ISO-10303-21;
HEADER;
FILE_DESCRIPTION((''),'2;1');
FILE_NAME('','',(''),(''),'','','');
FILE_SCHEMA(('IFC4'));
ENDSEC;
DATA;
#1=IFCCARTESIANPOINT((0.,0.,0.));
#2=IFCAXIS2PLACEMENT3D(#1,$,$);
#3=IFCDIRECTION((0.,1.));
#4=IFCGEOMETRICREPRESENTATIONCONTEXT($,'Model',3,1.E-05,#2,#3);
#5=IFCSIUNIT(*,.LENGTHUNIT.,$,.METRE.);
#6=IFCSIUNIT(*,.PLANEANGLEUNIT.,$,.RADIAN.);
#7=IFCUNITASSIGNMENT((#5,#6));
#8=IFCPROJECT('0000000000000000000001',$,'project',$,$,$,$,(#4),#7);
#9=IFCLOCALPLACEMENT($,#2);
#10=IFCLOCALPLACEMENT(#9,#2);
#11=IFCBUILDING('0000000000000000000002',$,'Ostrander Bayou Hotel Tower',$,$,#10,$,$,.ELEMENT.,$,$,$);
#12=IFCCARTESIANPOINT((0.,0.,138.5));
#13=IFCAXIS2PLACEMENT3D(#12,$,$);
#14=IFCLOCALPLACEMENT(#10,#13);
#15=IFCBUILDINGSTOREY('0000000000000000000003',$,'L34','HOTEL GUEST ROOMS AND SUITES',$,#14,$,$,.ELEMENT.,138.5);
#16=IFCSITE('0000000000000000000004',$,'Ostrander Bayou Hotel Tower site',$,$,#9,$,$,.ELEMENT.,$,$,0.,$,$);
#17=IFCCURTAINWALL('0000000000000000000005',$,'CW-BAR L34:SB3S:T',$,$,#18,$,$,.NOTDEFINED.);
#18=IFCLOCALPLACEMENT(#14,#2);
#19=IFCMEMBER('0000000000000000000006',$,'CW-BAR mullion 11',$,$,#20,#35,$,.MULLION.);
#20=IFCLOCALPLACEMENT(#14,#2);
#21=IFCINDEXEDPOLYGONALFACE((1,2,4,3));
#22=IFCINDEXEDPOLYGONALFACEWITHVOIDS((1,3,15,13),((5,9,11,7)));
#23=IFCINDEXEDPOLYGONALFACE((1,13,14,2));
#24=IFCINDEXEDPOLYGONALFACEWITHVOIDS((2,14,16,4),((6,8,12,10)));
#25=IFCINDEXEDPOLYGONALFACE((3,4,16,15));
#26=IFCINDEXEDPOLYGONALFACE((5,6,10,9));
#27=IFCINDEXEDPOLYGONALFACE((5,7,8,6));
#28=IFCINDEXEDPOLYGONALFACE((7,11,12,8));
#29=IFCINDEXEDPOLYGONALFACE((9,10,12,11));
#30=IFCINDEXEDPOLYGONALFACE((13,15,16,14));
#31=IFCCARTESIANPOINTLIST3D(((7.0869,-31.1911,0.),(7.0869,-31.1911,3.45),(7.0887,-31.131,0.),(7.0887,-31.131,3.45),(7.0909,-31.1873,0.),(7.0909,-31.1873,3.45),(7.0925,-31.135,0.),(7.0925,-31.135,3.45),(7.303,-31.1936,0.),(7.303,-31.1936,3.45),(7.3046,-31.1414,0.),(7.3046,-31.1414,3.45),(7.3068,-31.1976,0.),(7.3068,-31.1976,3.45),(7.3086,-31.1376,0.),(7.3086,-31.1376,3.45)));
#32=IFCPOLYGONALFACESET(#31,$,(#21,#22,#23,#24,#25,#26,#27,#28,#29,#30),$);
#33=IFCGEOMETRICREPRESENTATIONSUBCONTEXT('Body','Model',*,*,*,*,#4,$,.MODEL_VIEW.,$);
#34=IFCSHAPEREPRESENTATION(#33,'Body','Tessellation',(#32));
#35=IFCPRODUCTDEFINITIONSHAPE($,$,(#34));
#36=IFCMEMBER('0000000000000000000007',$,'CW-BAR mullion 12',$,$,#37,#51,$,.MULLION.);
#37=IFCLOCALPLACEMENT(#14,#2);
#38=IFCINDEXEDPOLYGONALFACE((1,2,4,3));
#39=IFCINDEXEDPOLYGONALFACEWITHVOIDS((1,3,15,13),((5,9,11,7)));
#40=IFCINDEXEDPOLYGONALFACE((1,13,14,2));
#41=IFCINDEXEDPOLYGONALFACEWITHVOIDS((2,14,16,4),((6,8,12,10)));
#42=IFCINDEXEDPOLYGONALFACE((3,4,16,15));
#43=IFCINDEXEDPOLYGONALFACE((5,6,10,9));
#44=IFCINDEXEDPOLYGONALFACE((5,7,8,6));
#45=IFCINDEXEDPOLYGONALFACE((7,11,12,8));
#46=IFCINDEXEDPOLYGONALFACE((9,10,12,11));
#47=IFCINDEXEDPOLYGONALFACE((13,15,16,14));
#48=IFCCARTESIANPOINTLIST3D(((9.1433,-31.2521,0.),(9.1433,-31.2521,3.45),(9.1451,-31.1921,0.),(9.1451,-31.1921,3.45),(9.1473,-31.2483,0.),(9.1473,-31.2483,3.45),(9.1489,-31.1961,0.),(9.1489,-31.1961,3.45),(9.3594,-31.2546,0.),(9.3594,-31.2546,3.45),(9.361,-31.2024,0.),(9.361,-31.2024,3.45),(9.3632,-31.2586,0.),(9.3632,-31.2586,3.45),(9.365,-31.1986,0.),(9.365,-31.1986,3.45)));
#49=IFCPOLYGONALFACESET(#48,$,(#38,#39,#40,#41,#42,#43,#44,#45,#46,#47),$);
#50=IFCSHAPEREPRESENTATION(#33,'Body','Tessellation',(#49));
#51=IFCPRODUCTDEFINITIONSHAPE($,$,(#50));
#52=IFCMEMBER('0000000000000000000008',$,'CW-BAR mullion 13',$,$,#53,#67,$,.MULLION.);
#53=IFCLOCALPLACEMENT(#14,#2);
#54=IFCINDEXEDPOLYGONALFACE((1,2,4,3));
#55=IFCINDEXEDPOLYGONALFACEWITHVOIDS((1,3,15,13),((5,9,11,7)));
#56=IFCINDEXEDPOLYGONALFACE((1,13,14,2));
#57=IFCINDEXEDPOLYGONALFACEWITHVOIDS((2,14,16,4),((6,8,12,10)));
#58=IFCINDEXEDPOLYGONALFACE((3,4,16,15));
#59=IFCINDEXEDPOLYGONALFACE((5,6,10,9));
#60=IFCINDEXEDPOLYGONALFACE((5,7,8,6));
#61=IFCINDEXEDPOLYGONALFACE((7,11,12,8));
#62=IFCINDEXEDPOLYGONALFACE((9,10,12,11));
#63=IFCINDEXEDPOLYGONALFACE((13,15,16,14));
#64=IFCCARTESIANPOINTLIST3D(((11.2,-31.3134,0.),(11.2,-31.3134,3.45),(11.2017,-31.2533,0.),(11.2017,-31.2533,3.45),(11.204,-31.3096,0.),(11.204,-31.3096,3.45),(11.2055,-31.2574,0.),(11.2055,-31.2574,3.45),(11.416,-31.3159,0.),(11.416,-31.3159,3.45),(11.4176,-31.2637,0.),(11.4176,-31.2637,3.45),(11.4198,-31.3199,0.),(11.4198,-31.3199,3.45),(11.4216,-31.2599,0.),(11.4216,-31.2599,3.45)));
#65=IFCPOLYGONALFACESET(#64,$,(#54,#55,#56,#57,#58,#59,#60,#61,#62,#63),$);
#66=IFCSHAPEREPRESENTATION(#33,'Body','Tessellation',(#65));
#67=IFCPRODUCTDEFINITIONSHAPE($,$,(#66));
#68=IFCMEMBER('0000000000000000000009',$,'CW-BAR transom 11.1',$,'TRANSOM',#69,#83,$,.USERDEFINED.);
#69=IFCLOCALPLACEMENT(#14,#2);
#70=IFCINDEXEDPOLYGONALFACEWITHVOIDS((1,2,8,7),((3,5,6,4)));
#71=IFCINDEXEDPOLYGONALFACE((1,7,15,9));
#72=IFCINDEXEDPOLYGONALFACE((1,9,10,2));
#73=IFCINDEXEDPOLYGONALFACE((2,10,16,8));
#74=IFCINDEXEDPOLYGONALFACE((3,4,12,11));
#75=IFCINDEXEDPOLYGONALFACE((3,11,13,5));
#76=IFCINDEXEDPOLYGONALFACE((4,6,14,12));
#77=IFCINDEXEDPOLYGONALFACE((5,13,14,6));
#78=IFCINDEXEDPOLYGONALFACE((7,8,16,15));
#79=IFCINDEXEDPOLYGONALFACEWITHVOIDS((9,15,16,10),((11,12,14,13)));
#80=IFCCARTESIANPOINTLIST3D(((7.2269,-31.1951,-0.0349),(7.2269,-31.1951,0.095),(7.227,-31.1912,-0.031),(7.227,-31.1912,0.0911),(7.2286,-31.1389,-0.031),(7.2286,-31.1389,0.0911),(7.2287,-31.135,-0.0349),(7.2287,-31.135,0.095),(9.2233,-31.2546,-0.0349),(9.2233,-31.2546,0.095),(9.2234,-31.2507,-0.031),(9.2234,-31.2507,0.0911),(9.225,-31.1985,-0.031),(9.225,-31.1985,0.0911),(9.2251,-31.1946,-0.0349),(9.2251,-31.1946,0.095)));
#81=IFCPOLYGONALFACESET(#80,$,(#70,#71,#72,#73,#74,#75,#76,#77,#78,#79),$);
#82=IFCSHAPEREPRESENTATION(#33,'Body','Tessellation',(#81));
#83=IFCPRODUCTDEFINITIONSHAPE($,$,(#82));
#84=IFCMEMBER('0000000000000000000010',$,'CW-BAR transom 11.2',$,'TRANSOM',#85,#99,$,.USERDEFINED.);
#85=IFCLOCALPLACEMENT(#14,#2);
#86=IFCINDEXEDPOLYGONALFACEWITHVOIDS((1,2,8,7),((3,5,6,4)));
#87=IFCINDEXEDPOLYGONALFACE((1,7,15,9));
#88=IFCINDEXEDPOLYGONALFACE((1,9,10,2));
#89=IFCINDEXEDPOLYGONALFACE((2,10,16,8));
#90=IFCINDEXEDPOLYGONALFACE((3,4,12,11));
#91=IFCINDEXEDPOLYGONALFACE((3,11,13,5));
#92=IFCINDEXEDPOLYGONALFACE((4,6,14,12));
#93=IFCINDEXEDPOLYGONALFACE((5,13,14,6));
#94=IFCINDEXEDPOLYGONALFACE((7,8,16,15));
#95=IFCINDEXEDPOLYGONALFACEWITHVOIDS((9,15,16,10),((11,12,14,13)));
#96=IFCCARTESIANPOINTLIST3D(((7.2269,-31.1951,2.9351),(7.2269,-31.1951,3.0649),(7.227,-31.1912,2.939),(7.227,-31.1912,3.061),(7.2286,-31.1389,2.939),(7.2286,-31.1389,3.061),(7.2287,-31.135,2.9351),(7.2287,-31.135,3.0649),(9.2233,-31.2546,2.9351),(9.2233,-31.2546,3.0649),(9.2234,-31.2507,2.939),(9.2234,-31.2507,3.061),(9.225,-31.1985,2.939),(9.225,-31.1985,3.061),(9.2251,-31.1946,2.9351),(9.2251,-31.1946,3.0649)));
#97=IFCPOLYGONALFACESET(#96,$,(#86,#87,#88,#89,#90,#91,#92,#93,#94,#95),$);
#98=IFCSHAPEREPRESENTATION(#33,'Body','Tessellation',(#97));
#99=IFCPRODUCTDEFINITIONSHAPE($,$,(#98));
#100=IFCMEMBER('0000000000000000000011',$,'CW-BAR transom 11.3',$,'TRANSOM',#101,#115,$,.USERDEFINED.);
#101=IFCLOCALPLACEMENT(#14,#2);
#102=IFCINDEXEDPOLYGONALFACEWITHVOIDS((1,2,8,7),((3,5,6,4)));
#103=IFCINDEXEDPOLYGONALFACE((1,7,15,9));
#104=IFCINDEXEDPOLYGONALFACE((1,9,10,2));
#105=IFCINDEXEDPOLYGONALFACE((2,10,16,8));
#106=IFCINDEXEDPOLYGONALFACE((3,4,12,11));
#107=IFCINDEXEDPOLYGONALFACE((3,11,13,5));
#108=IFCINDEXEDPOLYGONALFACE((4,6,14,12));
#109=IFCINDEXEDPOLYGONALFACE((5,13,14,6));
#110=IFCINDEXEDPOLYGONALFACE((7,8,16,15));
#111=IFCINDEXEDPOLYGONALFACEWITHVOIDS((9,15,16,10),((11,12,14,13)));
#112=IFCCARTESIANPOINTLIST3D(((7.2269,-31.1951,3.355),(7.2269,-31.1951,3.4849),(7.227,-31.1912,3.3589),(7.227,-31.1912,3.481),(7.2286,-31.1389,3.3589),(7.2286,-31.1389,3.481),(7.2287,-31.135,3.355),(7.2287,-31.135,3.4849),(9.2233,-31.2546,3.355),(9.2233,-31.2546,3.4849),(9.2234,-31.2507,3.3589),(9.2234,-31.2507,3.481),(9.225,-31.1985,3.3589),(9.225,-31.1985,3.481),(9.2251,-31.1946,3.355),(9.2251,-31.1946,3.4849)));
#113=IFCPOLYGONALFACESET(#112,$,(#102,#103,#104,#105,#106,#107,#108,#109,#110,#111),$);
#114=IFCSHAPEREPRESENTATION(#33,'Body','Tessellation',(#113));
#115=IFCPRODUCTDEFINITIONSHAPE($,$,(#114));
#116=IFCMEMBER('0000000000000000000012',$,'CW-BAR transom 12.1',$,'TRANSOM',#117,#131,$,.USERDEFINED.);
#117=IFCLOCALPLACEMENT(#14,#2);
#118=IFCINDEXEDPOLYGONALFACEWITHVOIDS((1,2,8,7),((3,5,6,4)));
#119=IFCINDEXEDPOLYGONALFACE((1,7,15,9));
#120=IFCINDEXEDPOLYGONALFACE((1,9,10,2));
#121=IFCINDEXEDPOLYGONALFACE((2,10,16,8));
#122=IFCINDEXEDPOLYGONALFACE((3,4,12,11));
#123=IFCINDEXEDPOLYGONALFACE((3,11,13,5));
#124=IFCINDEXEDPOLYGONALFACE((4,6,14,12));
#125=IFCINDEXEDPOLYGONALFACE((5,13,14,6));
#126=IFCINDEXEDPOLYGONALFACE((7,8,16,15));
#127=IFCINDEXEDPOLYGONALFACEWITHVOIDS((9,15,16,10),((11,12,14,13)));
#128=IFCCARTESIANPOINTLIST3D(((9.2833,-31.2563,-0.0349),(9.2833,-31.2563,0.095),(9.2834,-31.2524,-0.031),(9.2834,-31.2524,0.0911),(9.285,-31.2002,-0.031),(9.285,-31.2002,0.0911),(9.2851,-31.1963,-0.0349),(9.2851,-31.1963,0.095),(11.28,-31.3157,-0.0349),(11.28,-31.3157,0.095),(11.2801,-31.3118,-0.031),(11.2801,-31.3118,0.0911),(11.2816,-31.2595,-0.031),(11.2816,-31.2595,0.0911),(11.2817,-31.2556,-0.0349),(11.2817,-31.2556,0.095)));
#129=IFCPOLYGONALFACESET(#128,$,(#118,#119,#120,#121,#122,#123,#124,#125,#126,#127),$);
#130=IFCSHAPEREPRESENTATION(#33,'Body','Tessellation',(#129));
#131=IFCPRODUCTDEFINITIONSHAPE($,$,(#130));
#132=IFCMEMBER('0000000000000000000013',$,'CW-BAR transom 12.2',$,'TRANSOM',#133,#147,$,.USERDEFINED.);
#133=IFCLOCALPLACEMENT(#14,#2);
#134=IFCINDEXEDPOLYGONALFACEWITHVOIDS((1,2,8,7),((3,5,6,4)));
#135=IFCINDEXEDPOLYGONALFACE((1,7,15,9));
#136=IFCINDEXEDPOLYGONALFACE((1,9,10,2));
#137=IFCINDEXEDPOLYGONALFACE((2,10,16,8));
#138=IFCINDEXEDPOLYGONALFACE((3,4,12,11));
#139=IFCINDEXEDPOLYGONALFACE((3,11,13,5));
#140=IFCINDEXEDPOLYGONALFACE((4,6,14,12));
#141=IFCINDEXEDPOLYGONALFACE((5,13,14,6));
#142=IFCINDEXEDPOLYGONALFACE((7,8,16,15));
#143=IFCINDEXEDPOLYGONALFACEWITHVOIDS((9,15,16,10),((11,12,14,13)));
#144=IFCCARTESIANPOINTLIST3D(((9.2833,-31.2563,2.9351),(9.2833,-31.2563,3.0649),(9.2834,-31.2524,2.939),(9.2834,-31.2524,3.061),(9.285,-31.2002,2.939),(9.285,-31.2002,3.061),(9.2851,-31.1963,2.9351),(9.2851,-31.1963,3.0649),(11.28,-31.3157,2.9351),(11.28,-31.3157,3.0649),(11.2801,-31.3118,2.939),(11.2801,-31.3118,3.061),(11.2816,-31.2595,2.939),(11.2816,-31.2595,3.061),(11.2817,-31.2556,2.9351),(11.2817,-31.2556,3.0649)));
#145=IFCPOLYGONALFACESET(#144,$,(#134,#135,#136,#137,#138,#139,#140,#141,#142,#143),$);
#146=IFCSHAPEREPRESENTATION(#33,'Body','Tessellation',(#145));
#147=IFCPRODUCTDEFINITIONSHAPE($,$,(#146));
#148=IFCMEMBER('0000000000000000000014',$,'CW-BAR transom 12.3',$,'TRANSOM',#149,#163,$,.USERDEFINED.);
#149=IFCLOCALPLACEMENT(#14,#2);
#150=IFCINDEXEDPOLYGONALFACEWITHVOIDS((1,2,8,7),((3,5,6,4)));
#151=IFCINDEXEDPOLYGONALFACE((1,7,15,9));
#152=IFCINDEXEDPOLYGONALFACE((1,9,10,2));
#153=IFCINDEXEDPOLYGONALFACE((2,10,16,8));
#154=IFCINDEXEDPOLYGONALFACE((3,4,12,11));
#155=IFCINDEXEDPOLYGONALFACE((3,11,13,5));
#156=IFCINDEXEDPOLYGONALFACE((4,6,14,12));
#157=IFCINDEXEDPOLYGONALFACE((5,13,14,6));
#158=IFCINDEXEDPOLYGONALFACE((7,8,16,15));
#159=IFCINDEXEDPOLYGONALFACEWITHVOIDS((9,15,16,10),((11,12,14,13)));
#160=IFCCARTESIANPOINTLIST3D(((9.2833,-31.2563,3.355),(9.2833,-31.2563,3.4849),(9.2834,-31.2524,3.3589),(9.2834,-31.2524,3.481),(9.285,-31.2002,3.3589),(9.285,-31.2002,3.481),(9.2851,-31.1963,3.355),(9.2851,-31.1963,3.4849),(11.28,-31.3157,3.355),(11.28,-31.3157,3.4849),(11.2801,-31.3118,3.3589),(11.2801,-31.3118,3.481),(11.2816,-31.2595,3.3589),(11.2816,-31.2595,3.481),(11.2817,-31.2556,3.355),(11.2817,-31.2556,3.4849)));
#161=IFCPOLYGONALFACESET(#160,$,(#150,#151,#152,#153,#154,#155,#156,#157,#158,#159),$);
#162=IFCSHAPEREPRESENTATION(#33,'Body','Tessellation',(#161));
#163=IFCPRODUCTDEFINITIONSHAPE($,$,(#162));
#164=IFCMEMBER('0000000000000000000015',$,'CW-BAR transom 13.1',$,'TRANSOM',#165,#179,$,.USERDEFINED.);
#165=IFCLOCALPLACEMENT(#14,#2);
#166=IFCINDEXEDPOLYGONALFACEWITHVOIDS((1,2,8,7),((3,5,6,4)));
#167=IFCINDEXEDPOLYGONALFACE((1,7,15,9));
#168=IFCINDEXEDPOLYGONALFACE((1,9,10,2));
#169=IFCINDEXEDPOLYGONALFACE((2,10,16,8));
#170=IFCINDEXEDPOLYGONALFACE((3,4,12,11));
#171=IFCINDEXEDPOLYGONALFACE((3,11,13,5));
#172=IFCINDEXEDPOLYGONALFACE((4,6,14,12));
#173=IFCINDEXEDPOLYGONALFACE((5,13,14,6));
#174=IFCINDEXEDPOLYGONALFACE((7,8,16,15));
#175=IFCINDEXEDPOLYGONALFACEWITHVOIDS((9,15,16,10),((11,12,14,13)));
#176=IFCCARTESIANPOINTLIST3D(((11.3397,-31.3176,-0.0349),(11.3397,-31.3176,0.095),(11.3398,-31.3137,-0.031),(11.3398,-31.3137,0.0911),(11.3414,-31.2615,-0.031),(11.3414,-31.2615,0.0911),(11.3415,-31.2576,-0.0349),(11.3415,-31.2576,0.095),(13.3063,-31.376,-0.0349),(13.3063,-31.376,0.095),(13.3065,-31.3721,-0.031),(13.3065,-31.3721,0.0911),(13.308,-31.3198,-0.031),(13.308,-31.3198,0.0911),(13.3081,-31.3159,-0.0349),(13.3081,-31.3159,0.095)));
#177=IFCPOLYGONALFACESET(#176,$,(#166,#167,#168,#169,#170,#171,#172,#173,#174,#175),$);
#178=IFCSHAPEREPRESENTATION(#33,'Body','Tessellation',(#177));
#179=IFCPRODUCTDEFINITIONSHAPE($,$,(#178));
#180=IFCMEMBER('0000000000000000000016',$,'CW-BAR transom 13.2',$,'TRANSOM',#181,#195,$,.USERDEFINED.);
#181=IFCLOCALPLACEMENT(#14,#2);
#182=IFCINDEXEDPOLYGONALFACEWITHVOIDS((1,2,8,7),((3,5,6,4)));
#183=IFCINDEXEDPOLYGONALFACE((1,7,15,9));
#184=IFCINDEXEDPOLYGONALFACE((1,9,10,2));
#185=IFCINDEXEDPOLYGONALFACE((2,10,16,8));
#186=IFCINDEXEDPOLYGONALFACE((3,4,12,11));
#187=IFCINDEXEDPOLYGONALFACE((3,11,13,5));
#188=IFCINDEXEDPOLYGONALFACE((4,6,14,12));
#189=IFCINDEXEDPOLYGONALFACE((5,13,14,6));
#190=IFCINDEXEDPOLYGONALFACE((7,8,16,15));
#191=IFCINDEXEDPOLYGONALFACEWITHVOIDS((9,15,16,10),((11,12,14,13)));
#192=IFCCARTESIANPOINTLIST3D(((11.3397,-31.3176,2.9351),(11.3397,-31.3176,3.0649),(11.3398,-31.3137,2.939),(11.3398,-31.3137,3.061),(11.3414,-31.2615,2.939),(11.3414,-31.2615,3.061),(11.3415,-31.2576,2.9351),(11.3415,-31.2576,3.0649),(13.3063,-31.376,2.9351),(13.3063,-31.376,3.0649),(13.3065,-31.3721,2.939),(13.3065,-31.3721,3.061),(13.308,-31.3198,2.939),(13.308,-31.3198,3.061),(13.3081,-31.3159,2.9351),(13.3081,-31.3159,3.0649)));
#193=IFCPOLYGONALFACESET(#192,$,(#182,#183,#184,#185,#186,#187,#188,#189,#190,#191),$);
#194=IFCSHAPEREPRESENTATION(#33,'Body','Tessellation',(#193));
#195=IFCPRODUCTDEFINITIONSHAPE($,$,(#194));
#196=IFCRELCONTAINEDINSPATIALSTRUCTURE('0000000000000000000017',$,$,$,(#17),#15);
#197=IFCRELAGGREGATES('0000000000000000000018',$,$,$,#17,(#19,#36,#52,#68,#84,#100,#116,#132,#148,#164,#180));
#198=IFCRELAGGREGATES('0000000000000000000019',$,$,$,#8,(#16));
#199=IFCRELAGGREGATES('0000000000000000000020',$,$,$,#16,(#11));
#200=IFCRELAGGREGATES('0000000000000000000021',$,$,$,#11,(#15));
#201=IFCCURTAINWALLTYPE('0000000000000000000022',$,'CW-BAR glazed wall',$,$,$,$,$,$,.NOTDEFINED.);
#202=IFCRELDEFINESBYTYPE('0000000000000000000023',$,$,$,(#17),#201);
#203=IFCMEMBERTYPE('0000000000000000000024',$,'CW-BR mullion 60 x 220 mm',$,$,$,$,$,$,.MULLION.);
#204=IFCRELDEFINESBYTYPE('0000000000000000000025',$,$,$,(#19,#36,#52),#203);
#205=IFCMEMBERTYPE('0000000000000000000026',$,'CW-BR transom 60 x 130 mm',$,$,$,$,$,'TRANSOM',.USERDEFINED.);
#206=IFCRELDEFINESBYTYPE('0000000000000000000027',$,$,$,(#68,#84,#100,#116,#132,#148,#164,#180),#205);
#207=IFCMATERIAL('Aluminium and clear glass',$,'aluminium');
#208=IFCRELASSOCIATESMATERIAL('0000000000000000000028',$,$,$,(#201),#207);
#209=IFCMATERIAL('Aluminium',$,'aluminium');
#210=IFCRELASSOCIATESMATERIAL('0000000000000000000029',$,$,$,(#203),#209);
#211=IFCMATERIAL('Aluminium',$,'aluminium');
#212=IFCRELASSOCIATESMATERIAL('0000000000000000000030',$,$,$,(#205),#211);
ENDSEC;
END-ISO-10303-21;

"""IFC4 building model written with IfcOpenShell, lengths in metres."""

from ifc_helpers import new_model, si_unit, direction, frame, origin, origin_2d, place, context, subcontext, project, spatial, hollow_rectangle, extrude, material, material_profile, profile_set, type_object, element, aggregate, save


model = new_model("IFC4")

# Units and contexts
model_context = context("Model", 3, precision=1e-05, world=origin(), true_north=direction((0.0, 1.0)))
body_context = subcontext(model_context, "Body", "Model", "MODEL_VIEW")
ifc_project = project(units=[si_unit("LENGTHUNIT", "METRE"), si_unit("PLANEANGLEUNIT", "RADIAN")], contexts=[model_context])

# Site, building, storey
site_placement = place(None, origin())
site = spatial("IfcSite", under=ifc_project, at=site_placement, Name="Ostrander Bayou Hotel Tower site", CompositionType="ELEMENT", RefElevation=0.0)
building_placement = place(site_placement, origin())
building = spatial("IfcBuilding", under=site, at=building_placement, Name="Ostrander Bayou Hotel Tower", CompositionType="ELEMENT")
storey_placement = place(building_placement, frame((0.0, 0.0, 138.5)))
storey = spatial("IfcBuildingStorey", under=building, at=storey_placement, Name="L34", Description="HOTEL GUEST ROOMS AND SUITES", CompositionType="ELEMENT", Elevation=138.5)

# Curtain wall, members
ifc_material_1 = material(Name="Aluminium and clear glass", Category="aluminium")
curtain_wall_type = type_object("IfcCurtainWallType", Name="CW-BAR glazed wall", PredefinedType="NOTDEFINED", material=ifc_material_1)
curtain_wall_placement = place(storey_placement, origin())
curtain_wall = element("IfcCurtainWall", 1, at=curtain_wall_placement, inside=storey, type_object=curtain_wall_type, Name="CW-BAR L34:SB3S:T", PredefinedType="NOTDEFINED")
ifc_material_2 = material(Name="Aluminium", Category="aluminium")
ifc_material_profile_1 = material_profile(ifc_material_2, hollow_rectangle(XDim=0.0601, YDim=0.22, WallThickness=0.0039, at=origin_2d()))
ifc_profile_set_1 = profile_set([ifc_material_profile_1], Name="Aluminium")
member_type_1 = type_object("IfcMemberType", Name="CW-BR mullion 60 x 220 mm", PredefinedType="MULLION", material=ifc_profile_set_1)
member_1_placement = place(storey_placement, frame((7.1978, -31.1643, 0.0), z_axis=(0.0, 0.0, 1.0), x_axis=(0.029746, 0.999557, 0.0)))
member_1 = element("IfcMember", 2, at=member_1_placement, type_object=member_type_1, Name="CW-BAR mullion 11", PredefinedType="MULLION", context=body_context, shape_type="SweptSolid", body=[
    extrude(hollow_rectangle(XDim=0.0601, YDim=0.22, WallThickness=0.0039, at=origin_2d()), origin(), (0.0, 0.0, 1.0), 3.45),
])
member_2_placement = place(storey_placement, frame((9.2542, -31.2253, 0.0), z_axis=(0.0, 0.0, 1.0), x_axis=(0.029746, 0.999557, 0.0)))
member_2 = element("IfcMember", 3, at=member_2_placement, type_object=member_type_1, Name="CW-BAR mullion 12", PredefinedType="MULLION", context=body_context, shape_type="SweptSolid", body=[
    extrude(hollow_rectangle(XDim=0.0601, YDim=0.22, WallThickness=0.0039, at=origin_2d()), origin(), (0.0, 0.0, 1.0), 3.45),
])
member_3_placement = place(storey_placement, frame((11.3108, -31.2866, 0.0), z_axis=(0.0, 0.0, 1.0), x_axis=(0.029746, 0.999557, 0.0)))
member_3 = element("IfcMember", 4, at=member_3_placement, type_object=member_type_1, Name="CW-BAR mullion 13", PredefinedType="MULLION", context=body_context, shape_type="SweptSolid", body=[
    extrude(hollow_rectangle(XDim=0.0601, YDim=0.22, WallThickness=0.0039, at=origin_2d()), origin(), (0.0, 0.0, 1.0), 3.45),
])
ifc_material_3 = material(Name="Aluminium", Category="aluminium")
ifc_material_profile_2 = material_profile(ifc_material_3, hollow_rectangle(XDim=0.0601, YDim=0.1299, WallThickness=0.0039, at=origin_2d()))
ifc_profile_set_2 = profile_set([ifc_material_profile_2], Name="Aluminium")
member_type_2 = type_object("IfcMemberType", Name="CW-BR transom 60 x 130 mm", ElementType="TRANSOM", PredefinedType="USERDEFINED", material=ifc_profile_set_2)
member_4_placement = place(storey_placement, frame((7.2278, -31.165, 0.03), z_axis=(0.999555, -0.029827, 0.0), x_axis=(0.029827, 0.999555, 0.0)))
member_4 = element("IfcMember", 5, at=member_4_placement, type_object=member_type_2, Name="CW-BAR transom 11.1", ObjectType="TRANSOM", PredefinedType="USERDEFINED", context=body_context, shape_type="SweptSolid", body=[
    extrude(hollow_rectangle(XDim=0.0601, YDim=0.1299, WallThickness=0.0039, at=origin_2d()), origin(), (0.0, 0.0, 1.0), 1.9973),
])
member_5_placement = place(storey_placement, frame((7.2278, -31.165, 3.0), z_axis=(0.999555, -0.029827, 0.0), x_axis=(0.029827, 0.999555, 0.0)))
member_5 = element("IfcMember", 6, at=member_5_placement, type_object=member_type_2, Name="CW-BAR transom 11.2", ObjectType="TRANSOM", PredefinedType="USERDEFINED", context=body_context, shape_type="SweptSolid", body=[
    extrude(hollow_rectangle(XDim=0.0601, YDim=0.1299, WallThickness=0.0039, at=origin_2d()), origin(), (0.0, 0.0, 1.0), 1.9973),
])
member_6_placement = place(storey_placement, frame((7.2278, -31.165, 3.4199), z_axis=(0.999555, -0.029827, 0.0), x_axis=(0.029827, 0.999555, 0.0)))
member_6 = element("IfcMember", 7, at=member_6_placement, type_object=member_type_2, Name="CW-BAR transom 11.3", ObjectType="TRANSOM", PredefinedType="USERDEFINED", context=body_context, shape_type="SweptSolid", body=[
    extrude(hollow_rectangle(XDim=0.0601, YDim=0.1299, WallThickness=0.0039, at=origin_2d()), origin(), (0.0, 0.0, 1.0), 1.9973),
])
member_7_placement = place(storey_placement, frame((9.2842, -31.2263, 0.03), z_axis=(0.999559, -0.029701, 0.0), x_axis=(0.029701, 0.999559, 0.0)))
member_7 = element("IfcMember", 8, at=member_7_placement, type_object=member_type_2, Name="CW-BAR transom 12.1", ObjectType="TRANSOM", PredefinedType="USERDEFINED", context=body_context, shape_type="SweptSolid", body=[
    extrude(hollow_rectangle(XDim=0.0601, YDim=0.1299, WallThickness=0.0039, at=origin_2d()), origin(), (0.0, 0.0, 1.0), 1.9976),
])
member_8_placement = place(storey_placement, frame((9.2842, -31.2263, 3.0), z_axis=(0.999559, -0.029701, 0.0), x_axis=(0.029701, 0.999559, 0.0)))
member_8 = element("IfcMember", 9, at=member_8_placement, type_object=member_type_2, Name="CW-BAR transom 12.2", ObjectType="TRANSOM", PredefinedType="USERDEFINED", context=body_context, shape_type="SweptSolid", body=[
    extrude(hollow_rectangle(XDim=0.0601, YDim=0.1299, WallThickness=0.0039, at=origin_2d()), origin(), (0.0, 0.0, 1.0), 1.9976),
])
member_9_placement = place(storey_placement, frame((9.2842, -31.2263, 3.4199), z_axis=(0.999559, -0.029701, 0.0), x_axis=(0.029701, 0.999559, 0.0)))
member_9 = element("IfcMember", 10, at=member_9_placement, type_object=member_type_2, Name="CW-BAR transom 12.3", ObjectType="TRANSOM", PredefinedType="USERDEFINED", context=body_context, shape_type="SweptSolid", body=[
    extrude(hollow_rectangle(XDim=0.0601, YDim=0.1299, WallThickness=0.0039, at=origin_2d()), origin(), (0.0, 0.0, 1.0), 1.9976),
])
member_10_placement = place(storey_placement, frame((11.3406, -31.2876, 0.03), z_axis=(0.99956, -0.029658, 0.0), x_axis=(0.029658, 0.99956, 0.0)))
member_10 = element("IfcMember", 11, at=member_10_placement, type_object=member_type_2, Name="CW-BAR transom 13.1", ObjectType="TRANSOM", PredefinedType="USERDEFINED", context=body_context, shape_type="SweptSolid", body=[
    extrude(hollow_rectangle(XDim=0.0601, YDim=0.1299, WallThickness=0.0039, at=origin_2d()), origin(), (0.0, 0.0, 1.0), 1.9675),
])
member_11_placement = place(storey_placement, frame((11.3406, -31.2876, 3.0), z_axis=(0.99956, -0.029658, 0.0), x_axis=(0.029658, 0.99956, 0.0)))
member_11 = element("IfcMember", 12, at=member_11_placement, type_object=member_type_2, Name="CW-BAR transom 13.2", ObjectType="TRANSOM", PredefinedType="USERDEFINED", context=body_context, shape_type="SweptSolid", body=[
    extrude(hollow_rectangle(XDim=0.0601, YDim=0.1299, WallThickness=0.0039, at=origin_2d()), origin(), (0.0, 0.0, 1.0), 1.9675),
])
aggregate(curtain_wall, [member_1, member_2, member_3, member_4, member_5, member_6, member_7, member_8, member_9, member_10, member_11])

save(model, "model.ifc")
